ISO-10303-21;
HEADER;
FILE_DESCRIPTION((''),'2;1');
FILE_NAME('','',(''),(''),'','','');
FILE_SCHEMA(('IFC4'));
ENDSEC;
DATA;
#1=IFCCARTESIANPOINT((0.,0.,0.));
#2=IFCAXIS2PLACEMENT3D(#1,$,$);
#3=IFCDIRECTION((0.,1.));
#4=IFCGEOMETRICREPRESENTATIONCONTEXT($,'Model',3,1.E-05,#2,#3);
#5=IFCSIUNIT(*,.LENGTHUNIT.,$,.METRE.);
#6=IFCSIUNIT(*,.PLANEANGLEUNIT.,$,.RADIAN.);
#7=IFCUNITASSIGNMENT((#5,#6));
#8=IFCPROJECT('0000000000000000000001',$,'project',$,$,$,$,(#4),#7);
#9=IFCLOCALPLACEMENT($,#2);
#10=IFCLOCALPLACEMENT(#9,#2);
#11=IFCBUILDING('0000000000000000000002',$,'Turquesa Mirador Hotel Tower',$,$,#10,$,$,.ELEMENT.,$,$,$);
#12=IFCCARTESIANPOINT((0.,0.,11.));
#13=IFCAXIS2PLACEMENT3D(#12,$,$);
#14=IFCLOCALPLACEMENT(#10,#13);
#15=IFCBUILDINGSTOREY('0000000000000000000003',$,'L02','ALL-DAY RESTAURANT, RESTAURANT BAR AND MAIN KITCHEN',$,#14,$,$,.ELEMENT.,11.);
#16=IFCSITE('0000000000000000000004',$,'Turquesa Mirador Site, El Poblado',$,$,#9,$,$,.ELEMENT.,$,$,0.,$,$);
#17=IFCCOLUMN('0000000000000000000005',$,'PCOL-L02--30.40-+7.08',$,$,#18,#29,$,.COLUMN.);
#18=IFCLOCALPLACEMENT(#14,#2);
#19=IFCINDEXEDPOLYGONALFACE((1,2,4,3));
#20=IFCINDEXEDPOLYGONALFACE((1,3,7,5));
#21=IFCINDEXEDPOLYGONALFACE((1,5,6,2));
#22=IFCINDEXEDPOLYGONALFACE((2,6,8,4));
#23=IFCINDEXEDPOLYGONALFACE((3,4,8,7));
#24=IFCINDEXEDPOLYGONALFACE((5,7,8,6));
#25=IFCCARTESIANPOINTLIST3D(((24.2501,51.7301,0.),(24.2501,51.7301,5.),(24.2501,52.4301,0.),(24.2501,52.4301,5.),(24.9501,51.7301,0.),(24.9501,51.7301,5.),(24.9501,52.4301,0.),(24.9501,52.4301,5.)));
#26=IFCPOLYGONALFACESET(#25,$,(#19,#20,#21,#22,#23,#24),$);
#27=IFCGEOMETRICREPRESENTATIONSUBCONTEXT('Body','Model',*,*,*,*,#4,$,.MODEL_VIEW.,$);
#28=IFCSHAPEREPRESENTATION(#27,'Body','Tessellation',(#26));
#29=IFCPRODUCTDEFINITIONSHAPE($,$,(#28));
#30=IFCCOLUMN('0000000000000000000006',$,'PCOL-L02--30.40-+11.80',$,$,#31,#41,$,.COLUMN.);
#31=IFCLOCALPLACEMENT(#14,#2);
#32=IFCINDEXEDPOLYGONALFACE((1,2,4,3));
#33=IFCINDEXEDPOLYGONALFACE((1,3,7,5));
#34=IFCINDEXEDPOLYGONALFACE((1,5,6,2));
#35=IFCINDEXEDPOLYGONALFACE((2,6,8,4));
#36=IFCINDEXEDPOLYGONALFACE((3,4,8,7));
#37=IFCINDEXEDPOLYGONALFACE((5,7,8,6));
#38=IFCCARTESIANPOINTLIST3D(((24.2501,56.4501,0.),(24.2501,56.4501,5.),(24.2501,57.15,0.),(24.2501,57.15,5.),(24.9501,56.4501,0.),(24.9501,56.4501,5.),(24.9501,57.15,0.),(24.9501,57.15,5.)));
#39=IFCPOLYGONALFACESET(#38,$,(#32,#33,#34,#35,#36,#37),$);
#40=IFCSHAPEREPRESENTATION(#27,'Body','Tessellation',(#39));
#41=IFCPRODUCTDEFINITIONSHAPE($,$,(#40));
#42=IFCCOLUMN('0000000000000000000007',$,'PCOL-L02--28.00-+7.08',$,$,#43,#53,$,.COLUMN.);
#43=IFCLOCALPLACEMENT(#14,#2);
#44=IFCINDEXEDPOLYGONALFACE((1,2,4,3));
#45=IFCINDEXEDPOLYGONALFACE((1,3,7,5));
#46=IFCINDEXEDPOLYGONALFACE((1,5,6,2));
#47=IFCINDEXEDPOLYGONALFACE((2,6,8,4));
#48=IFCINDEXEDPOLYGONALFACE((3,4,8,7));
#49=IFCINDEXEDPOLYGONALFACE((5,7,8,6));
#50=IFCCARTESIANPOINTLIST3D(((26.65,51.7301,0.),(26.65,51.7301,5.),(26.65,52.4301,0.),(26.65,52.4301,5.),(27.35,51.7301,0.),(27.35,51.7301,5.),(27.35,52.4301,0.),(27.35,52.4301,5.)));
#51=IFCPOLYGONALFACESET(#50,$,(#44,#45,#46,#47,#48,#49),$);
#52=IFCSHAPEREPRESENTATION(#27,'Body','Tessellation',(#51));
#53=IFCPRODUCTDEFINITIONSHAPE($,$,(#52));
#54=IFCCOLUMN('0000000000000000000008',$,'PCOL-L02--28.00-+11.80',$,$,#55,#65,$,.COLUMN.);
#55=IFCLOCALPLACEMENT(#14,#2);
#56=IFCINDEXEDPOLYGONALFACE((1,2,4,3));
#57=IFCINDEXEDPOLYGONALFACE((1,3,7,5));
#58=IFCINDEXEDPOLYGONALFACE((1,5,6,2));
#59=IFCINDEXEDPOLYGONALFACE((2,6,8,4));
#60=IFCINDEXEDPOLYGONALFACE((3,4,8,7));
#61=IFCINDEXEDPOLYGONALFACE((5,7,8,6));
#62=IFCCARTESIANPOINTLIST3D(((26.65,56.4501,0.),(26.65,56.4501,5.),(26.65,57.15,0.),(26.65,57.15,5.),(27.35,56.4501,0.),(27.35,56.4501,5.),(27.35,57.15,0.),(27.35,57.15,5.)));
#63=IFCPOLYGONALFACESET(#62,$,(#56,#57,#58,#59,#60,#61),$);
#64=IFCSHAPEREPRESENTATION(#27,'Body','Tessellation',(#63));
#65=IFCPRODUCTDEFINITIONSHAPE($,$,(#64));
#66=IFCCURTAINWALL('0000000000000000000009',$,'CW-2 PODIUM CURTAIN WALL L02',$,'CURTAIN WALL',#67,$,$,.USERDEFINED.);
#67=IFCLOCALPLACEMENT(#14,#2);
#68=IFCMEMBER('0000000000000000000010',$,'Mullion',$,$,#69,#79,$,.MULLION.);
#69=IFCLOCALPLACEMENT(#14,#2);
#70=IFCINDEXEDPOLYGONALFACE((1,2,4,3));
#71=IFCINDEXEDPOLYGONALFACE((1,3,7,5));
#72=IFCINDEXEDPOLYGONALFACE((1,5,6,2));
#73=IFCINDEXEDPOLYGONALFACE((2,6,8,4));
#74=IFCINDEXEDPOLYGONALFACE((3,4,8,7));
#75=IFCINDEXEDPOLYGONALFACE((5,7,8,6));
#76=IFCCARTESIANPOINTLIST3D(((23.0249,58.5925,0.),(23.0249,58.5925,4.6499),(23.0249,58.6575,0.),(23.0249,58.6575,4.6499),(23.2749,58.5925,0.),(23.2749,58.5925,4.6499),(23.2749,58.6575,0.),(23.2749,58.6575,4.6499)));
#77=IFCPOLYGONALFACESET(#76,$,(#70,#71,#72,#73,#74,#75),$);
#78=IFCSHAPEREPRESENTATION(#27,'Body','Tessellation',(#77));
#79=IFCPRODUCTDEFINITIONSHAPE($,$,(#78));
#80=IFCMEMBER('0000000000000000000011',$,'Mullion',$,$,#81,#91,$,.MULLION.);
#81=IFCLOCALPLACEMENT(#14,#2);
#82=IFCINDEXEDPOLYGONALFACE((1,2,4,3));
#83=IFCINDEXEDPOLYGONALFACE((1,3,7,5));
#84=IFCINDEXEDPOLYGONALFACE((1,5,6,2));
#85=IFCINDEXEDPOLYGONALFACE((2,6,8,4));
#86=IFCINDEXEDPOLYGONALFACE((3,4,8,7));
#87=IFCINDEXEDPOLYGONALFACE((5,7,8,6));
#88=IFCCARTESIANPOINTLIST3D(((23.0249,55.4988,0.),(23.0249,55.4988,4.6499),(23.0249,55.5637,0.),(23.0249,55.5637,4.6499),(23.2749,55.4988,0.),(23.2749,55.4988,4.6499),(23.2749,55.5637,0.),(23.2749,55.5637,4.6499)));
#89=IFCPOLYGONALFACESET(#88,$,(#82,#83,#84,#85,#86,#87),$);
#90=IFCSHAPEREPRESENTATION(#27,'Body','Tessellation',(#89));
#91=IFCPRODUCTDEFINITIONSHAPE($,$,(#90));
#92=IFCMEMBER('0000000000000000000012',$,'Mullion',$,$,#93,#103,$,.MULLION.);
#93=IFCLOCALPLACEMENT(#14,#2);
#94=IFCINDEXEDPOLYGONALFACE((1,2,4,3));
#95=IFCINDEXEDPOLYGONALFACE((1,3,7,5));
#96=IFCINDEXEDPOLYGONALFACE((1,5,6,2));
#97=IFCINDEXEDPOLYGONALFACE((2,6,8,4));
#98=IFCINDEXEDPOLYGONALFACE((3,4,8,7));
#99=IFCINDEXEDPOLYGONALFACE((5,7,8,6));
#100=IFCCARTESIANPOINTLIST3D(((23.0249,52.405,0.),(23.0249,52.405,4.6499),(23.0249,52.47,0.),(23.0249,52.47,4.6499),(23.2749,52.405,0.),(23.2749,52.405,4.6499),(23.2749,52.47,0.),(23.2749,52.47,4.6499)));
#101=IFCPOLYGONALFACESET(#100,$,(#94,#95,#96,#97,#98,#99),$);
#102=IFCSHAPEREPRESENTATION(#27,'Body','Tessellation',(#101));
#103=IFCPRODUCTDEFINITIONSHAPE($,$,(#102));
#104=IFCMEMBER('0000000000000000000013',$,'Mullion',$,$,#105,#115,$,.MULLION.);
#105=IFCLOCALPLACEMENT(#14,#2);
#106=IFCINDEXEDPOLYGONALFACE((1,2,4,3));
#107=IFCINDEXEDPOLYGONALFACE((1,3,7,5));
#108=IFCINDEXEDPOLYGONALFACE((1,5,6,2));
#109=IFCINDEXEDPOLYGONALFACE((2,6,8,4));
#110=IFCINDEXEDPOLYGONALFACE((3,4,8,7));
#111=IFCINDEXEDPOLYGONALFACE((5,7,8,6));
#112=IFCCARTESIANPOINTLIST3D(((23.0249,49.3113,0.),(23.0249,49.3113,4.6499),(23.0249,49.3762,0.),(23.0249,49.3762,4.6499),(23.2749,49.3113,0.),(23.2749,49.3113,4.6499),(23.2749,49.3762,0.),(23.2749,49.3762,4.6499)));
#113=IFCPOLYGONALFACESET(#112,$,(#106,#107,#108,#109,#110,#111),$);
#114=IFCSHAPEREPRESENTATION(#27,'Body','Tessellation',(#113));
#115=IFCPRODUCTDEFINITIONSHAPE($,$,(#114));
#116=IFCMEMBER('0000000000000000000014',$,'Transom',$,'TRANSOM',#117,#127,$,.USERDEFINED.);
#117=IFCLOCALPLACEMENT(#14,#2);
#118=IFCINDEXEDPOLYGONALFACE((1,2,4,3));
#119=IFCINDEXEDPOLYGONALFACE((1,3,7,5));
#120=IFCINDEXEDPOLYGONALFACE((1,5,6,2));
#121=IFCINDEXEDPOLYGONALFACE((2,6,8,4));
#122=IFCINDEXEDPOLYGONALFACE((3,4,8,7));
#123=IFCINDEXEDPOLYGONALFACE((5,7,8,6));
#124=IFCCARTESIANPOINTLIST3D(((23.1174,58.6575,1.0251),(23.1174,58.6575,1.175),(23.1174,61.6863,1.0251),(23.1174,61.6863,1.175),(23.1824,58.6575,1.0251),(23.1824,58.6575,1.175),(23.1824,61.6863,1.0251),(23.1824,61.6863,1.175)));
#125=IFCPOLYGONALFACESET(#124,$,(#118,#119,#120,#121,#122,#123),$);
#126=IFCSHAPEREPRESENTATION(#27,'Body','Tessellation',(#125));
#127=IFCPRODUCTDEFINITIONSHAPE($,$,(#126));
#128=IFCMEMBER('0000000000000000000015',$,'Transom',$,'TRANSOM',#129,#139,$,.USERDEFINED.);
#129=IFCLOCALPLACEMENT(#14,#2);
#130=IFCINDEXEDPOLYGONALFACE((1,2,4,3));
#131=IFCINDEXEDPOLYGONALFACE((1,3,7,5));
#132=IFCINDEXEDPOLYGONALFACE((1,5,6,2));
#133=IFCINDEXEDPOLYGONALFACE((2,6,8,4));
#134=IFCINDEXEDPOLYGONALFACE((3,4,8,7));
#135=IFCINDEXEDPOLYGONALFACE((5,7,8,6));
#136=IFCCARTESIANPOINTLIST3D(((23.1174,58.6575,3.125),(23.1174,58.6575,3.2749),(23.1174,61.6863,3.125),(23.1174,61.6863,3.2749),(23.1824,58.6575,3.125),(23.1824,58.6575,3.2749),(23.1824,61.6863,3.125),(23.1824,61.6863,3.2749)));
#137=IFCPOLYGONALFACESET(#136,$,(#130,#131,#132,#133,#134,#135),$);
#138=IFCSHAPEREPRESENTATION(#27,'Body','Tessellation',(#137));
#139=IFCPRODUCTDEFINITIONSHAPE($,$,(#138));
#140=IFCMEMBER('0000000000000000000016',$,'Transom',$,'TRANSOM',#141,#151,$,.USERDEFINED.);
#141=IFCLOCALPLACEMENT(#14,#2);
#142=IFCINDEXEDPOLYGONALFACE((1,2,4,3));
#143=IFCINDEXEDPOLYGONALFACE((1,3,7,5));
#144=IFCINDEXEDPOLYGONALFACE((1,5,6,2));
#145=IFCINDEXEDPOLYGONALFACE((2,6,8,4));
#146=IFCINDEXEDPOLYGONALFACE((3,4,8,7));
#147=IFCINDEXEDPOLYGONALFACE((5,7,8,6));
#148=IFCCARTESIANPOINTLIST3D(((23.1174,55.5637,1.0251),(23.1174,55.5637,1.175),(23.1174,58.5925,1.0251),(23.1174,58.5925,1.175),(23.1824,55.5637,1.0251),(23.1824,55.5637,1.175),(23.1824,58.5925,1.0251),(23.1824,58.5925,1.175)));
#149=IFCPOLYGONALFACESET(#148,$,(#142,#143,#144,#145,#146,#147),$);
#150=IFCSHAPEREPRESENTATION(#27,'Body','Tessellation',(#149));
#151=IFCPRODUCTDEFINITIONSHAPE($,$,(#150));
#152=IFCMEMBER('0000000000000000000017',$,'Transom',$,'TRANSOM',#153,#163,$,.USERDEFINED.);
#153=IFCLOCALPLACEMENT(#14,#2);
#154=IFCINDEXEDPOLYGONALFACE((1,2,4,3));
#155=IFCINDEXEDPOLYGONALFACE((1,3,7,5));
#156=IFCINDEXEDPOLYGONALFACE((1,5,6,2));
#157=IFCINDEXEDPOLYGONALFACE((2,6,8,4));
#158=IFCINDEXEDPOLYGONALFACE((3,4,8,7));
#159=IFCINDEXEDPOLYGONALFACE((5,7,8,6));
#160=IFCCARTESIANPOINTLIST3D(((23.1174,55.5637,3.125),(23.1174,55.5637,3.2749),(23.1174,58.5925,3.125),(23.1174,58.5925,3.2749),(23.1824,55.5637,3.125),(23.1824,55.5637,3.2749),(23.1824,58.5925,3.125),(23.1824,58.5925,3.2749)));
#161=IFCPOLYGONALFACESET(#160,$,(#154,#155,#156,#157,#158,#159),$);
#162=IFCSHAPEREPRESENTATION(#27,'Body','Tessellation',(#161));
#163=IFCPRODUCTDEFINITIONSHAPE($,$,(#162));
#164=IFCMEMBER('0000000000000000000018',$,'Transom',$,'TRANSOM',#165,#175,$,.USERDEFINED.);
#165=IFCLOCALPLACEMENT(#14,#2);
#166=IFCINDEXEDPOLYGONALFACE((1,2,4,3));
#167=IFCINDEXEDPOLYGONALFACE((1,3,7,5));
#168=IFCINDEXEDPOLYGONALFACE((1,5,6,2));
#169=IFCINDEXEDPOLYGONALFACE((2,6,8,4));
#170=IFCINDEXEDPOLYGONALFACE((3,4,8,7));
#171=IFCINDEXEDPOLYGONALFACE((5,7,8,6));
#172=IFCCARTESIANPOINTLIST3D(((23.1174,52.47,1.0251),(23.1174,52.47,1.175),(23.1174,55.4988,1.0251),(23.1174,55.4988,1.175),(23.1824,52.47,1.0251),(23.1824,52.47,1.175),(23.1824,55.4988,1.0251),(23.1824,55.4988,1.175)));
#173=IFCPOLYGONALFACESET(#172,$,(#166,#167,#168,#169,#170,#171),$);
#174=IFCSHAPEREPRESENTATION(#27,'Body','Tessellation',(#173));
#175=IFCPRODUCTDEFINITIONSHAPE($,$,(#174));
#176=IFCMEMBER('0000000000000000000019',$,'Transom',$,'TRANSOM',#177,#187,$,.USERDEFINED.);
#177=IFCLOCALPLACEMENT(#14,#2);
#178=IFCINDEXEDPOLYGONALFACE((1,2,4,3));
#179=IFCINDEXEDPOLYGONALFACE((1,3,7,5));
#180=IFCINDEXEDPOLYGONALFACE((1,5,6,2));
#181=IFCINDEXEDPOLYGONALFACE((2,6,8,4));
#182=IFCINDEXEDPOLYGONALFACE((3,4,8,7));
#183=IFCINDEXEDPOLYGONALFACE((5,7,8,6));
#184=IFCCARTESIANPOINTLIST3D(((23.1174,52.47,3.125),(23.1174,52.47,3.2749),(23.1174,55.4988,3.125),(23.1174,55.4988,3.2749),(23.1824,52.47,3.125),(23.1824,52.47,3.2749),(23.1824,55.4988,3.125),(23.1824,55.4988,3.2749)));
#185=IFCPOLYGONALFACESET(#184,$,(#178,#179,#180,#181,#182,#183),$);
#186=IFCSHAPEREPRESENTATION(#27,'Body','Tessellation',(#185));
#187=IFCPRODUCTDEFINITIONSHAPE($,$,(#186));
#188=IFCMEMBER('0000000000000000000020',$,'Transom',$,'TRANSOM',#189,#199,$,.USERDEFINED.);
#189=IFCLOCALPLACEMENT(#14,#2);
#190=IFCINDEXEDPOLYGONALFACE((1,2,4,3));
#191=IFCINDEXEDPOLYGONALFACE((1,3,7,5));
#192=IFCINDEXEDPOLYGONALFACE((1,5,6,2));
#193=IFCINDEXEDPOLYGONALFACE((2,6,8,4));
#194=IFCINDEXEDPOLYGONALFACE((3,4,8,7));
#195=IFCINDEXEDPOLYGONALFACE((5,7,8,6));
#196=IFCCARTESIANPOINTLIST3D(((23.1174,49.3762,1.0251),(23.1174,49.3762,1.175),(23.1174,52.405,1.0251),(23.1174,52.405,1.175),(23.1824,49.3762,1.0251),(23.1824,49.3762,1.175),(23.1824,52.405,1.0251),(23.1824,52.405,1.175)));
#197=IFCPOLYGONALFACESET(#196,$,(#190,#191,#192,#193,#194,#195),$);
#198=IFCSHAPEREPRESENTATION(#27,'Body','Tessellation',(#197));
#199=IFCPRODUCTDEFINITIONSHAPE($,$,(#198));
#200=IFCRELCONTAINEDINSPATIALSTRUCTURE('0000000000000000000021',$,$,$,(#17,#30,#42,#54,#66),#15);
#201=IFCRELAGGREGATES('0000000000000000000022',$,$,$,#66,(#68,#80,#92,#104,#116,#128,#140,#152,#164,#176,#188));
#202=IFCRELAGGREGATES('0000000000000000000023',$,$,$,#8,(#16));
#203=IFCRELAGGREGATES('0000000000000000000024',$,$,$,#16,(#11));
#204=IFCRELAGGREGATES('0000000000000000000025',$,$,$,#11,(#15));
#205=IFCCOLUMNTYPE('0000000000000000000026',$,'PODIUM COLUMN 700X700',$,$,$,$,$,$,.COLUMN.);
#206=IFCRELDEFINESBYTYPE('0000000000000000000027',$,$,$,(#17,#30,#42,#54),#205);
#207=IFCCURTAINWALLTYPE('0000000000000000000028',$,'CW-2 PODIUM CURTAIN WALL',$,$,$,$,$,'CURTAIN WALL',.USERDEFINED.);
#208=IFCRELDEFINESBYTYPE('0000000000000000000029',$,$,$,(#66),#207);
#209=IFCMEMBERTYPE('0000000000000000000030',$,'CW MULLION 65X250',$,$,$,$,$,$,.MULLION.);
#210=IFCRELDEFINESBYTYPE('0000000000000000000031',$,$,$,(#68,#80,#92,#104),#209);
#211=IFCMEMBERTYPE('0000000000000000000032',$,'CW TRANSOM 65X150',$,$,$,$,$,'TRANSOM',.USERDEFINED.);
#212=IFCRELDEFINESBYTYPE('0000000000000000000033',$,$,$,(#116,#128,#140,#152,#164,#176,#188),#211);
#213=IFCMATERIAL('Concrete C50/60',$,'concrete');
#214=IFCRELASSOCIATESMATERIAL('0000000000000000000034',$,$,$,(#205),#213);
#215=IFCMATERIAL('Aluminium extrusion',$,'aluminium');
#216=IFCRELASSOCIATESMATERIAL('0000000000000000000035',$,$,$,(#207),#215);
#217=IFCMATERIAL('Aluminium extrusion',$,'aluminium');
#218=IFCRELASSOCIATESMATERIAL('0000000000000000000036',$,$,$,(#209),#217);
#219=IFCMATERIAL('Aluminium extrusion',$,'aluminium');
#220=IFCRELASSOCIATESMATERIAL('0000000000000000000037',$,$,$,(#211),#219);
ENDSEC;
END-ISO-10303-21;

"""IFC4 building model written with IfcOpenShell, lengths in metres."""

from ifc_helpers import new_model, si_unit, direction, frame, origin, origin_2d, place, context, subcontext, project, spatial, rectangle, extrude, material, material_profile, profile_set, type_object, element, aggregate, save


model = new_model("IFC4")

# Units and contexts
model_context = context("Model", 3, precision=1e-05, world=origin(), true_north=direction((0.0, 1.0)))
body_context = subcontext(model_context, "Body", "Model", "MODEL_VIEW")
ifc_project = project(units=[si_unit("LENGTHUNIT", "METRE"), si_unit("PLANEANGLEUNIT", "RADIAN")], contexts=[model_context])

# Site, building, storey
site_placement = place(None, origin())
site = spatial("IfcSite", under=ifc_project, at=site_placement, Name="Turquesa Mirador Site, El Poblado", CompositionType="ELEMENT", RefElevation=0.0)
building_placement = place(site_placement, origin())
building = spatial("IfcBuilding", under=site, at=building_placement, Name="Turquesa Mirador Hotel Tower", CompositionType="ELEMENT")
storey_placement = place(building_placement, frame((0.0, 0.0, 11.0)))
storey = spatial("IfcBuildingStorey", under=building, at=storey_placement, Name="L02", Description="ALL-DAY RESTAURANT, RESTAURANT BAR AND MAIN KITCHEN", CompositionType="ELEMENT", Elevation=11.0)

# Columns
ifc_material_1 = material(Name="Concrete C50/60", Category="concrete")
ifc_material_profile_1 = material_profile(ifc_material_1, rectangle(XDim=0.7, YDim=0.7, at=origin_2d()), Name="RC 700X700")
ifc_profile_set_1 = profile_set([ifc_material_profile_1], Name="Concrete C50/60")
column_type = type_object("IfcColumnType", Name="PODIUM COLUMN 700X700", PredefinedType="COLUMN", material=ifc_profile_set_1)
for number, where, z_axis, x_axis, name in (
    (1, (24.6001, 52.0801, 0.0), (0.0, 0.0, 1.0), (1.0, 0.0, 0.0), "PCOL-L02--30.40-+7.08"),
    (2, (24.6001, 56.8, 0.0), (0.0, 0.0, 1.0), (1.0, 0.0, 0.0), "PCOL-L02--30.40-+11.80"),
    (3, (27.0, 52.0801, 0.0), (0.0, 0.0, 1.0), (1.0, 0.0, 0.0), "PCOL-L02--28.00-+7.08"),
    (4, (27.0, 56.8, 0.0), (0.0, 0.0, 1.0), (1.0, 0.0, 0.0), "PCOL-L02--28.00-+11.80"),
):
    element("IfcColumn", number, at=place(storey_placement, frame(where, z_axis=z_axis, x_axis=x_axis)), inside=storey, type_object=column_type, Name=name, PredefinedType="COLUMN", context=body_context, shape_type="SweptSolid", body=[
        extrude(rectangle(XDim=0.7, YDim=0.7, at=origin_2d()), origin(), (0.0, 0.0, 1.0), 5.0),
    ])

# Curtain wall, members
ifc_material_2 = material(Name="Aluminium extrusion", Category="aluminium")
curtain_wall_type = type_object("IfcCurtainWallType", Name="CW-2 PODIUM CURTAIN WALL", ElementType="CURTAIN WALL", PredefinedType="USERDEFINED", material=ifc_material_2)
curtain_wall_placement = place(storey_placement, origin())
curtain_wall = element("IfcCurtainWall", 5, at=curtain_wall_placement, inside=storey, type_object=curtain_wall_type, Name="CW-2 PODIUM CURTAIN WALL L02", ObjectType="CURTAIN WALL", PredefinedType="USERDEFINED")
ifc_material_3 = material(Name="Aluminium extrusion", Category="aluminium")
ifc_material_profile_2 = material_profile(ifc_material_3, rectangle(XDim=0.0649, YDim=0.25, at=origin_2d()), Name="MULLION 65X250")
ifc_profile_set_2 = profile_set([ifc_material_profile_2], Name="Aluminium extrusion")
member_type_1 = type_object("IfcMemberType", Name="CW MULLION 65X250", PredefinedType="MULLION", material=ifc_profile_set_2)
member_1_placement = place(storey_placement, frame((23.1499, 58.625, 0.0), z_axis=(0.0, 0.0, 1.0), x_axis=(0.0, -1.0, 0.0)))
member_1 = element("IfcMember", 6, at=member_1_placement, type_object=member_type_1, Name="Mullion", PredefinedType="MULLION", context=body_context, shape_type="SweptSolid", body=[
    extrude(rectangle(XDim=0.0649, YDim=0.25, at=origin_2d()), origin(), (0.0, 0.0, 1.0), 4.6499),
])
member_2_placement = place(storey_placement, frame((23.1499, 55.5312, 0.0), z_axis=(0.0, 0.0, 1.0), x_axis=(0.0, -1.0, 0.0)))
member_2 = element("IfcMember", 7, at=member_2_placement, type_object=member_type_1, Name="Mullion", PredefinedType="MULLION", context=body_context, shape_type="SweptSolid", body=[
    extrude(rectangle(XDim=0.0649, YDim=0.25, at=origin_2d()), origin(), (0.0, 0.0, 1.0), 4.6499),
])
member_3_placement = place(storey_placement, frame((23.1499, 52.4375, 0.0), z_axis=(0.0, 0.0, 1.0), x_axis=(0.0, -1.0, 0.0)))
member_3 = element("IfcMember", 8, at=member_3_placement, type_object=member_type_1, Name="Mullion", PredefinedType="MULLION", context=body_context, shape_type="SweptSolid", body=[
    extrude(rectangle(XDim=0.0649, YDim=0.25, at=origin_2d()), origin(), (0.0, 0.0, 1.0), 4.6499),
])
member_4_placement = place(storey_placement, frame((23.1499, 49.3438, 0.0), z_axis=(0.0, 0.0, 1.0), x_axis=(0.0, -1.0, 0.0)))
member_4 = element("IfcMember", 9, at=member_4_placement, type_object=member_type_1, Name="Mullion", PredefinedType="MULLION", context=body_context, shape_type="SweptSolid", body=[
    extrude(rectangle(XDim=0.0649, YDim=0.25, at=origin_2d()), origin(), (0.0, 0.0, 1.0), 4.6499),
])
ifc_material_4 = material(Name="Aluminium extrusion", Category="aluminium")
ifc_material_profile_3 = material_profile(ifc_material_4, rectangle(XDim=0.0649, YDim=0.1499, at=origin_2d()), Name="TRANSOM 65X150")
ifc_profile_set_3 = profile_set([ifc_material_profile_3], Name="Aluminium extrusion")
member_type_2 = type_object("IfcMemberType", Name="CW TRANSOM 65X150", ElementType="TRANSOM", PredefinedType="USERDEFINED", material=ifc_profile_set_3)
member_5_placement = place(storey_placement, frame((23.1499, 61.6863, 1.1001), z_axis=(0.0, -1.0, 0.0), x_axis=(1.0, 0.0, 0.0)))
member_5 = element("IfcMember", 10, at=member_5_placement, type_object=member_type_2, Name="Transom", ObjectType="TRANSOM", PredefinedType="USERDEFINED", context=body_context, shape_type="SweptSolid", body=[
    extrude(rectangle(XDim=0.0649, YDim=0.1499, at=origin_2d()), origin(), (0.0, 0.0, 1.0), 3.0288),
])
member_6_placement = place(storey_placement, frame((23.1499, 61.6863, 3.2), z_axis=(0.0, -1.0, 0.0), x_axis=(1.0, 0.0, 0.0)))
member_6 = element("IfcMember", 11, at=member_6_placement, type_object=member_type_2, Name="Transom", ObjectType="TRANSOM", PredefinedType="USERDEFINED", context=body_context, shape_type="SweptSolid", body=[
    extrude(rectangle(XDim=0.0649, YDim=0.1499, at=origin_2d()), origin(), (0.0, 0.0, 1.0), 3.0288),
])
member_7_placement = place(storey_placement, frame((23.1499, 58.5925, 1.1001), z_axis=(0.0, -1.0, 0.0), x_axis=(1.0, 0.0, 0.0)))
member_7 = element("IfcMember", 12, at=member_7_placement, type_object=member_type_2, Name="Transom", ObjectType="TRANSOM", PredefinedType="USERDEFINED", context=body_context, shape_type="SweptSolid", body=[
    extrude(rectangle(XDim=0.0649, YDim=0.1499, at=origin_2d()), origin(), (0.0, 0.0, 1.0), 3.0288),
])
member_8_placement = place(storey_placement, frame((23.1499, 58.5925, 3.2), z_axis=(0.0, -1.0, 0.0), x_axis=(1.0, 0.0, 0.0)))
member_8 = element("IfcMember", 13, at=member_8_placement, type_object=member_type_2, Name="Transom", ObjectType="TRANSOM", PredefinedType="USERDEFINED", context=body_context, shape_type="SweptSolid", body=[
    extrude(rectangle(XDim=0.0649, YDim=0.1499, at=origin_2d()), origin(), (0.0, 0.0, 1.0), 3.0288),
])
member_9_placement = place(storey_placement, frame((23.1499, 55.4988, 1.1001), z_axis=(0.0, -1.0, 0.0), x_axis=(1.0, 0.0, 0.0)))
member_9 = element("IfcMember", 14, at=member_9_placement, type_object=member_type_2, Name="Transom", ObjectType="TRANSOM", PredefinedType="USERDEFINED", context=body_context, shape_type="SweptSolid", body=[
    extrude(rectangle(XDim=0.0649, YDim=0.1499, at=origin_2d()), origin(), (0.0, 0.0, 1.0), 3.0288),
])
member_10_placement = place(storey_placement, frame((23.1499, 55.4988, 3.2), z_axis=(0.0, -1.0, 0.0), x_axis=(1.0, 0.0, 0.0)))
member_10 = element("IfcMember", 15, at=member_10_placement, type_object=member_type_2, Name="Transom", ObjectType="TRANSOM", PredefinedType="USERDEFINED", context=body_context, shape_type="SweptSolid", body=[
    extrude(rectangle(XDim=0.0649, YDim=0.1499, at=origin_2d()), origin(), (0.0, 0.0, 1.0), 3.0288),
])
member_11_placement = place(storey_placement, frame((23.1499, 52.405, 1.1001), z_axis=(0.0, -1.0, 0.0), x_axis=(1.0, 0.0, 0.0)))
member_11 = element("IfcMember", 16, at=member_11_placement, type_object=member_type_2, Name="Transom", ObjectType="TRANSOM", PredefinedType="USERDEFINED", context=body_context, shape_type="SweptSolid", body=[
    extrude(rectangle(XDim=0.0649, YDim=0.1499, at=origin_2d()), origin(), (0.0, 0.0, 1.0), 3.0288),
])
aggregate(curtain_wall, [member_1, member_2, member_3, member_4, member_5, member_6, member_7, member_8, member_9, member_10, member_11])

save(model, "model.ifc")
